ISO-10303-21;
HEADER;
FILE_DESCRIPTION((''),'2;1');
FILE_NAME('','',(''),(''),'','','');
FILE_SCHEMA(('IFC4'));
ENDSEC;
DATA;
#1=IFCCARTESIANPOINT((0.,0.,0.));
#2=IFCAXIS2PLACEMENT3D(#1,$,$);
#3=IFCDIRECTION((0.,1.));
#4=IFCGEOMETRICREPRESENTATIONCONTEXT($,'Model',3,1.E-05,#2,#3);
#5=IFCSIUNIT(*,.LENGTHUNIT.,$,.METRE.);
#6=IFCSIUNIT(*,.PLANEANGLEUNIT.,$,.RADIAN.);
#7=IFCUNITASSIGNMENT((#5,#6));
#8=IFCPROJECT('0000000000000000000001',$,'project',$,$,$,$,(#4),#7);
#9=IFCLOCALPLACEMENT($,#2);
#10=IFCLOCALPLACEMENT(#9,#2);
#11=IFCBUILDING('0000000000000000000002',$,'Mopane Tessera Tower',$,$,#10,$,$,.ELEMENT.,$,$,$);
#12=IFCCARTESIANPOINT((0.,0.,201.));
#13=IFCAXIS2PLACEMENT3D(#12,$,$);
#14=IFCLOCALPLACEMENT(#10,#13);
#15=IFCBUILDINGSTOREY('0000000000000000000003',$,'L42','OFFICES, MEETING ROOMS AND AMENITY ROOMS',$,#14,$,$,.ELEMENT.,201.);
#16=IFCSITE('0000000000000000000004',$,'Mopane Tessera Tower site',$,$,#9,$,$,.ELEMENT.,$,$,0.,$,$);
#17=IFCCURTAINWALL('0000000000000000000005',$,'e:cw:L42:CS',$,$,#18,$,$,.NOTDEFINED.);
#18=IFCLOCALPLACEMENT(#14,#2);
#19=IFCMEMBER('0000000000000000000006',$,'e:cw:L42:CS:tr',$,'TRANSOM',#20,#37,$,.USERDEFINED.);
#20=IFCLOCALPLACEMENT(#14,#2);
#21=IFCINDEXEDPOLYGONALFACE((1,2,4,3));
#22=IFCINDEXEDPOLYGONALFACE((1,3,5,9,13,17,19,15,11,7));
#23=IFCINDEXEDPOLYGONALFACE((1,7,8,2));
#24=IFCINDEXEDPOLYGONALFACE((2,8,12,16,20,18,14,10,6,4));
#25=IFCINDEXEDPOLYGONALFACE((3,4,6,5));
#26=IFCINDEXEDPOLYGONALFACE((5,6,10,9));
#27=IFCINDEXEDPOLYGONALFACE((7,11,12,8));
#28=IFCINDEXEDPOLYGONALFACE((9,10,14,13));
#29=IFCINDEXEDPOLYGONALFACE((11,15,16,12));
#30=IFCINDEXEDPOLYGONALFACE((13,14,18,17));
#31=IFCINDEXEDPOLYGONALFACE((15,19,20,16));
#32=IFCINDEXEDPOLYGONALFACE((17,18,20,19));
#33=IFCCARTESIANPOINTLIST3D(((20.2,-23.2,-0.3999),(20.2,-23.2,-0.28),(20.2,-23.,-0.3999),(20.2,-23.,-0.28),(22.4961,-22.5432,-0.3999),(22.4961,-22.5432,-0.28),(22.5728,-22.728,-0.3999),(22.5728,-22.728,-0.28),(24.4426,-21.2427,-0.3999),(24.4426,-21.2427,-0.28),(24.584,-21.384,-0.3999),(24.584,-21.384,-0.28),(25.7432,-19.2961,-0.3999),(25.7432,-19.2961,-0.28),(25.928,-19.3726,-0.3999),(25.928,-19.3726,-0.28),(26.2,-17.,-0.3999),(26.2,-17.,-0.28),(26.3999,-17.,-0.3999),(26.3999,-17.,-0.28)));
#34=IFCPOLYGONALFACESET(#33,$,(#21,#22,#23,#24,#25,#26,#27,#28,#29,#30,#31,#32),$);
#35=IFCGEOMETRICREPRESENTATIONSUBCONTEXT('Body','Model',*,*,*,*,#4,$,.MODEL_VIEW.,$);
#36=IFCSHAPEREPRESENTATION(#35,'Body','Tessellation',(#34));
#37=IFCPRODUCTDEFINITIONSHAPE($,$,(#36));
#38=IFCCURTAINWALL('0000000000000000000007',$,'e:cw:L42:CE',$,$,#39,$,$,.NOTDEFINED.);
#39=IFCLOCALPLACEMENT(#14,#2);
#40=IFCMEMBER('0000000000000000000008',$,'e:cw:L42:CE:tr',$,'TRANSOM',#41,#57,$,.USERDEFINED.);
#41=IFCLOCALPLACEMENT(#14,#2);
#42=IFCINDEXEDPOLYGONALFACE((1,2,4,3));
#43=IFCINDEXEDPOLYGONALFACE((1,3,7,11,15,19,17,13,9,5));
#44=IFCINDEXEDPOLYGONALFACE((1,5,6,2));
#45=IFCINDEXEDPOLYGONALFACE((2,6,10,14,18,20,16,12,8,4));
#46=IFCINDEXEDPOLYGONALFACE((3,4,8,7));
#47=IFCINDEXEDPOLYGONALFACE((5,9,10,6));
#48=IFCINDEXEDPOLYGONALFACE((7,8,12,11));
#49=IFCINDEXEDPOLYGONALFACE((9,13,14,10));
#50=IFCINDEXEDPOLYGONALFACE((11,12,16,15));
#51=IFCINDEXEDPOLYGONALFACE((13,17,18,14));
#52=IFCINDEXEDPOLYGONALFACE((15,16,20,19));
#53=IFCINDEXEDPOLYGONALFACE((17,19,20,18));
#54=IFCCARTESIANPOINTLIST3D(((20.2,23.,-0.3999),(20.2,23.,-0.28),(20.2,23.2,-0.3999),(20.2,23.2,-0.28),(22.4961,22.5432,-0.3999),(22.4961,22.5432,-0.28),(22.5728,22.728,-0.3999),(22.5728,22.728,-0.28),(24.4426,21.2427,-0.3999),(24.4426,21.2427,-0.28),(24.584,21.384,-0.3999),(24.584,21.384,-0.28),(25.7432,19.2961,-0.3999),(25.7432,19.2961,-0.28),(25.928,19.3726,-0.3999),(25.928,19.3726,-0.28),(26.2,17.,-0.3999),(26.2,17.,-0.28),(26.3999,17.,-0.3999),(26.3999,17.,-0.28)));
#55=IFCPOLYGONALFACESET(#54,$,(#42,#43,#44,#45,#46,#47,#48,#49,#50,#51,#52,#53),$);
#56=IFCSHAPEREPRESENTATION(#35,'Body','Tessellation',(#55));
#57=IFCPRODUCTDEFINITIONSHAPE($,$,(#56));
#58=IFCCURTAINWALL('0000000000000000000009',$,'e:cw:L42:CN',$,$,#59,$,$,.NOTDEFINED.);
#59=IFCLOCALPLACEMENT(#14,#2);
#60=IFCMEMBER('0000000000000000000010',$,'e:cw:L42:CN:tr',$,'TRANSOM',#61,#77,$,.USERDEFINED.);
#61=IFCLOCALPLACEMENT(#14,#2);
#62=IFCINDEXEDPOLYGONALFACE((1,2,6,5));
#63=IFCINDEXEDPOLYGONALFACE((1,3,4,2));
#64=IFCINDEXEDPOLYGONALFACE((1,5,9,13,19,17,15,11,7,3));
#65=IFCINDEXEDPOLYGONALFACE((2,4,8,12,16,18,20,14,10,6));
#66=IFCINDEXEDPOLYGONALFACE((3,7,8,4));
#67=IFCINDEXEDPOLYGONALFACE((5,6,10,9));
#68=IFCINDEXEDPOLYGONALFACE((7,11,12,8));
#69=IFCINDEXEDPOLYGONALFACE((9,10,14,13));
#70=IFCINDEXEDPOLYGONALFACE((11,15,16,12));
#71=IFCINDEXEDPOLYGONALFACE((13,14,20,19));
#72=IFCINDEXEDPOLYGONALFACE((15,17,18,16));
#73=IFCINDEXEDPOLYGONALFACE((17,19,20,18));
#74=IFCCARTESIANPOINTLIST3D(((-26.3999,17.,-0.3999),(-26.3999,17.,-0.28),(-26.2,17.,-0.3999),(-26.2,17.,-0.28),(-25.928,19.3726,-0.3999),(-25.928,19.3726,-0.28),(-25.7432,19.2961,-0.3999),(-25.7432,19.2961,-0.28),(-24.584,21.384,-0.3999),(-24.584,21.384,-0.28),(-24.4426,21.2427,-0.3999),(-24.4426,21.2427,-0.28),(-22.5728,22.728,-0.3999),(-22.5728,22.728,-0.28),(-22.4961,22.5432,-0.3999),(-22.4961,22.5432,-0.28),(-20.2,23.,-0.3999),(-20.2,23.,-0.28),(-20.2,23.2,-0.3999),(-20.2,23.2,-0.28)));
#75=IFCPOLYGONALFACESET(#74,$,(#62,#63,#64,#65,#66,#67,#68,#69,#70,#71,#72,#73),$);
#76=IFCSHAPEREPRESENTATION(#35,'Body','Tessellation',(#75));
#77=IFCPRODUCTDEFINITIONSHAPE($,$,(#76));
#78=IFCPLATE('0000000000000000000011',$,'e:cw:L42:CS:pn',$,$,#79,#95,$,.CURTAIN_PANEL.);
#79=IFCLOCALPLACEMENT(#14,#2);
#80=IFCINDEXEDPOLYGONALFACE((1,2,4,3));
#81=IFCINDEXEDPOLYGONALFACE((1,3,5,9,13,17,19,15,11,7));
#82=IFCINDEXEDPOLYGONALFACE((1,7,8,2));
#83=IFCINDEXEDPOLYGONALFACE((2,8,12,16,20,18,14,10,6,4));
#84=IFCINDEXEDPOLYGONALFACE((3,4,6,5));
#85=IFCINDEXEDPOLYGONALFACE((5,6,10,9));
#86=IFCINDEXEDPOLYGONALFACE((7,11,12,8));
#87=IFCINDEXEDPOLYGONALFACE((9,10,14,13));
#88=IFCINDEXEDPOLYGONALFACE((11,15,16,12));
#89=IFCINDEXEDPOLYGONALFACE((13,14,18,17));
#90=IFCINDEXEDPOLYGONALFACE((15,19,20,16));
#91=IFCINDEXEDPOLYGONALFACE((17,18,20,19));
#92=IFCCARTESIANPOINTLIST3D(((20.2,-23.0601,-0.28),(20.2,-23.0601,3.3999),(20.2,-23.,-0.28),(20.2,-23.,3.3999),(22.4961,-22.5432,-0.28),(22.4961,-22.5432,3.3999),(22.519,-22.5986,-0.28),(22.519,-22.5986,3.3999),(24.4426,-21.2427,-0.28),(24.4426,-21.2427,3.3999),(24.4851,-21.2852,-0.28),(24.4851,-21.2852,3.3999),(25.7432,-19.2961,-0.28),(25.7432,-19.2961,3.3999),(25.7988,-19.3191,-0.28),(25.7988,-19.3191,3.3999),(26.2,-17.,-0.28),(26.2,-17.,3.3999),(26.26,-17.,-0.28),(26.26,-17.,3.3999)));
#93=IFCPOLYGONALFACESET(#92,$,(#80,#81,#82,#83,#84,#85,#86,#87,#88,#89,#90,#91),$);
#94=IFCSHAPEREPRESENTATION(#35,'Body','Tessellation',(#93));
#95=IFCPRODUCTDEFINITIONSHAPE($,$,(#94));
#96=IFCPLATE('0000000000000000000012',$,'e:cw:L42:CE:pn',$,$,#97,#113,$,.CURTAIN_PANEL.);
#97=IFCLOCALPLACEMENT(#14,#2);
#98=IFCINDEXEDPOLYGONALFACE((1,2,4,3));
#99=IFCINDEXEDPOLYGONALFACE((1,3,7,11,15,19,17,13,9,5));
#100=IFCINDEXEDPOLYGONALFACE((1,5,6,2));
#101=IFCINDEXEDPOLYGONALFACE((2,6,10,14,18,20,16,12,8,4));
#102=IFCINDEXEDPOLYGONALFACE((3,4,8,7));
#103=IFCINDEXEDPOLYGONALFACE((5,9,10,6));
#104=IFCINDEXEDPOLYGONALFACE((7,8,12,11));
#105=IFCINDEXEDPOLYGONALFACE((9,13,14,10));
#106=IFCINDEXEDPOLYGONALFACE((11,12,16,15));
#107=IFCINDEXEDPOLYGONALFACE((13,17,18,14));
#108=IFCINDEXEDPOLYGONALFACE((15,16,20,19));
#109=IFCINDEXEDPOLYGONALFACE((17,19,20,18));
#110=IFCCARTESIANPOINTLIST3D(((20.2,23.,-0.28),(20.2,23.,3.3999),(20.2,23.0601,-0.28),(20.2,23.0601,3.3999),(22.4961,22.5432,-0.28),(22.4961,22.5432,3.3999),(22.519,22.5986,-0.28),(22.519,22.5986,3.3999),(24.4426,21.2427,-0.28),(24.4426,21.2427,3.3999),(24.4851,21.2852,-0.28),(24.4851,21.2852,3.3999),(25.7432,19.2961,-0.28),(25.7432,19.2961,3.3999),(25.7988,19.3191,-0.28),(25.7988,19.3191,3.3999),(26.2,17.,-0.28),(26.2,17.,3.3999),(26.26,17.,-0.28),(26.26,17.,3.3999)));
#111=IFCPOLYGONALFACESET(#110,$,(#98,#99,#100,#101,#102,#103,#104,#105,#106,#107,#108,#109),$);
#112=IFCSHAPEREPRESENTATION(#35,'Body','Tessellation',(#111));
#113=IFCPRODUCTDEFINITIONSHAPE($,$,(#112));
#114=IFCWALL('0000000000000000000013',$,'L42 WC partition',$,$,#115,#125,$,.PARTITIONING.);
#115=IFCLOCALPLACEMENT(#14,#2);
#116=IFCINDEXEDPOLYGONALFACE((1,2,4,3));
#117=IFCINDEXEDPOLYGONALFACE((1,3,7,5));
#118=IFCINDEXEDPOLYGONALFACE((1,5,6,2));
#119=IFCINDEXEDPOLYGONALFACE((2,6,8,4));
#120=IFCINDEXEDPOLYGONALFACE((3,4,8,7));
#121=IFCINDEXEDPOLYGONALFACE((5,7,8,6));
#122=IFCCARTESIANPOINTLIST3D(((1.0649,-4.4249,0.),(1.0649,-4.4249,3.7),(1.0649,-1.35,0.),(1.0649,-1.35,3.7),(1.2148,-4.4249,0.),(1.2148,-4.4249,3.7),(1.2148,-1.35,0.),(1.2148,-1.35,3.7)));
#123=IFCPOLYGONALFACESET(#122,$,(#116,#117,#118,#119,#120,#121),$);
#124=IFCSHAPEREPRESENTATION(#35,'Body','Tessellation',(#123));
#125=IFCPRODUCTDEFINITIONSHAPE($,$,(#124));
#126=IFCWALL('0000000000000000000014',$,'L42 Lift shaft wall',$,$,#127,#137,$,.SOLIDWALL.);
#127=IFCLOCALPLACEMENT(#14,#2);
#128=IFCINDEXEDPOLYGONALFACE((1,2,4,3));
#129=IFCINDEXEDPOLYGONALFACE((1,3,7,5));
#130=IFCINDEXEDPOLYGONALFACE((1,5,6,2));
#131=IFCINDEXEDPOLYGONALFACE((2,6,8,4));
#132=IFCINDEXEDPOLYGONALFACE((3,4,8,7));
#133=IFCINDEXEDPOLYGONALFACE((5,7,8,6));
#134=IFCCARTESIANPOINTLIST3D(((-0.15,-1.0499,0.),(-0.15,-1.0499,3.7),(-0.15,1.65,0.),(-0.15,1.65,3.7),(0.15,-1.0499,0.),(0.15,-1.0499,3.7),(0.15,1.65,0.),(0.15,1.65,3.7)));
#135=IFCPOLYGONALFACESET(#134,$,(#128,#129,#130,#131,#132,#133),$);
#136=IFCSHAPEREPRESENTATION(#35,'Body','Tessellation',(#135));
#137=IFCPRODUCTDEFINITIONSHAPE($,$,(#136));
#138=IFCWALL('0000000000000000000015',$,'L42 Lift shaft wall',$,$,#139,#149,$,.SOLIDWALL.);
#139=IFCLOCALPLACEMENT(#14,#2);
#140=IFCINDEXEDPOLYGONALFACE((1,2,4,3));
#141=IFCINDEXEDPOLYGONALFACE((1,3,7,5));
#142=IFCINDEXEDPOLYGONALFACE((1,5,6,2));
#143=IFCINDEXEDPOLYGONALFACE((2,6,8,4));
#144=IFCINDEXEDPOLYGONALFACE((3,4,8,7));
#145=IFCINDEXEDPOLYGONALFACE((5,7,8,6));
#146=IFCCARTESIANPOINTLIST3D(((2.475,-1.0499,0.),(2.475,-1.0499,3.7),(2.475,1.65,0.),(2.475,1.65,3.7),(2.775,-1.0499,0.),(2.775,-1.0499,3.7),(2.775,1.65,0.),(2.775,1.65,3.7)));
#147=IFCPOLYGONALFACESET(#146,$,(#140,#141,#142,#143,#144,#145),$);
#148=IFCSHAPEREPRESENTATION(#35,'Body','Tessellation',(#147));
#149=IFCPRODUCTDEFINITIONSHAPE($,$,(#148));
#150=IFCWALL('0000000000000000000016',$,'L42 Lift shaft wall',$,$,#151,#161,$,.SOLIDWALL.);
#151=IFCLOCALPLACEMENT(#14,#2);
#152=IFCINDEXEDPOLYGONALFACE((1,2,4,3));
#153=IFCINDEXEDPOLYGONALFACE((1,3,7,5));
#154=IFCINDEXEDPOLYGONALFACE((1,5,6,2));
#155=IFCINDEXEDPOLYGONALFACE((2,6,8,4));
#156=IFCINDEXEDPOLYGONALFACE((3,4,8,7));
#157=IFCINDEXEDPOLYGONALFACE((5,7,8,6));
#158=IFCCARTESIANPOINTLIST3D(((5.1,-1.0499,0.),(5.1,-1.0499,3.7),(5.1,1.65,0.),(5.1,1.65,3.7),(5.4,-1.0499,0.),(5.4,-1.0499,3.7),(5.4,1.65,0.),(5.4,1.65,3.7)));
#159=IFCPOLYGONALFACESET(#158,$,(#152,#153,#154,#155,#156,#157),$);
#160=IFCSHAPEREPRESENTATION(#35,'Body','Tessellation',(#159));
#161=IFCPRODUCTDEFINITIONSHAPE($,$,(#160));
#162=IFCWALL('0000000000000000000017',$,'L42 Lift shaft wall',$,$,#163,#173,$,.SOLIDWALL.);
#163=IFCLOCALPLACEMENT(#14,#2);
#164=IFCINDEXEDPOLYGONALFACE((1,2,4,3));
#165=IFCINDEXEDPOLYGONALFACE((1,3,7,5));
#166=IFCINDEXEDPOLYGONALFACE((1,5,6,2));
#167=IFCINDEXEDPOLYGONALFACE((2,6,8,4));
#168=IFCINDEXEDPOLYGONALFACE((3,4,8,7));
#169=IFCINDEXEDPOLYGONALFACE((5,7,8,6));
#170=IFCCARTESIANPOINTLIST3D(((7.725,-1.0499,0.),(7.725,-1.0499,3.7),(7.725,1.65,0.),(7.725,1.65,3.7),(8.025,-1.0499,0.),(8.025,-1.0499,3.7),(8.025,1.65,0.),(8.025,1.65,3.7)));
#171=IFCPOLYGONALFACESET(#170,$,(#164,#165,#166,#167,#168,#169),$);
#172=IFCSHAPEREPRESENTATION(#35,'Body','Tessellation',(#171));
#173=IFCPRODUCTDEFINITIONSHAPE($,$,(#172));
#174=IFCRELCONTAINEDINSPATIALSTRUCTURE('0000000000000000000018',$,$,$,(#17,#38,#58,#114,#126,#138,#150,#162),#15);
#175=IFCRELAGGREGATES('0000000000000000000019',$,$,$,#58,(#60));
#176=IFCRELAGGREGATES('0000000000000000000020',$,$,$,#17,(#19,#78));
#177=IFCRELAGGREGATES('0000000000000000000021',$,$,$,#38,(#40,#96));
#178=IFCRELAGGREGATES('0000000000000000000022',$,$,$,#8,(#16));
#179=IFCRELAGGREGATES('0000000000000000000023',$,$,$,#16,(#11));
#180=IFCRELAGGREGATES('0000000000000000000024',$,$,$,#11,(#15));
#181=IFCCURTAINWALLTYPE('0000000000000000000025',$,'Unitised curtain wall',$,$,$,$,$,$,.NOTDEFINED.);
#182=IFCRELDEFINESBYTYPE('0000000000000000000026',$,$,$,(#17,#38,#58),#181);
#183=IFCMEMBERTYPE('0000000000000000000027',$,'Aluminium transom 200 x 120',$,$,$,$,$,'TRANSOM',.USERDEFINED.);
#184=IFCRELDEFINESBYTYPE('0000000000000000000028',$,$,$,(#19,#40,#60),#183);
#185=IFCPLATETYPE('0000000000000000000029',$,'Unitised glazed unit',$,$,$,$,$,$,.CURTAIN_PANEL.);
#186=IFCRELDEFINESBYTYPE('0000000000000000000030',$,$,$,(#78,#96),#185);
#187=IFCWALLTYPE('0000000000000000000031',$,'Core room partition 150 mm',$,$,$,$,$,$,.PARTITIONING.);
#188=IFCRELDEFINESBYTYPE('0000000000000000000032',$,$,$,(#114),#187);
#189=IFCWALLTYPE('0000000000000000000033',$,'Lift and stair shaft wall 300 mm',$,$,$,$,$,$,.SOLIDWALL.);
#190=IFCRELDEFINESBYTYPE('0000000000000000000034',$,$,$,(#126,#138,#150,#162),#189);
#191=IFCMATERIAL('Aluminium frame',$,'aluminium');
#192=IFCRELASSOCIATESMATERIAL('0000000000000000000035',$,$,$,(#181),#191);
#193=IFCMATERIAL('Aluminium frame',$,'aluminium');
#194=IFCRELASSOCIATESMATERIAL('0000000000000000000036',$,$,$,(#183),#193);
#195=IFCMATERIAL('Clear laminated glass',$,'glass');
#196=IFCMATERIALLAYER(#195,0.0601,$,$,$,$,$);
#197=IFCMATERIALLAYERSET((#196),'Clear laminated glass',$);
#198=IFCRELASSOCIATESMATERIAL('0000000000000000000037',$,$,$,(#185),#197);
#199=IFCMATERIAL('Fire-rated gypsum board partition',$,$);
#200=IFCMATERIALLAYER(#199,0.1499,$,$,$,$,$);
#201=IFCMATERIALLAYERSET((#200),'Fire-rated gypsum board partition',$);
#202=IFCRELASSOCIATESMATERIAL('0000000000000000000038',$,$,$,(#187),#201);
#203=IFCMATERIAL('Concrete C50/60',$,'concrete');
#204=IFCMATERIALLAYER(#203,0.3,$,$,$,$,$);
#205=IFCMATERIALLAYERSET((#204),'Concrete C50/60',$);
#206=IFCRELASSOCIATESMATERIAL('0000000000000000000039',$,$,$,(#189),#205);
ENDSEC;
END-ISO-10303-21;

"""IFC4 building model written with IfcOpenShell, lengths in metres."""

from ifc_helpers import new_model, si_unit, direction, frame, frame_2d, origin, origin_2d, place, context, subcontext, project, spatial, polyline, rectangle, outline, extrude, material, layer, layer_set, material_profile, profile_set, type_object, element, aggregate, save


model = new_model("IFC4")

# Units and contexts
model_context = context("Model", 3, precision=1e-05, world=origin(), true_north=direction((0.0, 1.0)))
body_context = subcontext(model_context, "Body", "Model", "MODEL_VIEW")
ifc_project = project(units=[si_unit("LENGTHUNIT", "METRE"), si_unit("PLANEANGLEUNIT", "RADIAN")], contexts=[model_context])

# Site, building, storey
site_placement = place(None, origin())
site = spatial("IfcSite", under=ifc_project, at=site_placement, Name="Mopane Tessera Tower site", CompositionType="ELEMENT", RefElevation=0.0)
building_placement = place(site_placement, origin())
building = spatial("IfcBuilding", under=site, at=building_placement, Name="Mopane Tessera Tower", CompositionType="ELEMENT")
storey_placement = place(building_placement, frame((0.0, 0.0, 201.0)))
storey = spatial("IfcBuildingStorey", under=building, at=storey_placement, Name="L42", Description="OFFICES, MEETING ROOMS AND AMENITY ROOMS", CompositionType="ELEMENT", Elevation=201.0)

# Curtain walls, members
ifc_material_1 = material(Name="Aluminium frame", Category="aluminium")
curtain_wall_type = type_object("IfcCurtainWallType", Name="Unitised curtain wall", PredefinedType="NOTDEFINED", material=ifc_material_1)
curtain_wall_1_placement = place(storey_placement, origin())
curtain_wall_1 = element("IfcCurtainWall", 1, at=curtain_wall_1_placement, inside=storey, type_object=curtain_wall_type, Name="e:cw:L42:CS", PredefinedType="NOTDEFINED")
ifc_material_2 = material(Name="Aluminium frame", Category="aluminium")
ifc_material_profile = material_profile(ifc_material_2, rectangle(XDim=0.2, YDim=0.1201, at=origin_2d()))
ifc_profile_set = profile_set([ifc_material_profile], Name="Aluminium frame")
member_type = type_object("IfcMemberType", Name="Aluminium transom 200 x 120", ElementType="TRANSOM", PredefinedType="USERDEFINED", material=ifc_profile_set)
member_1_placement = place(storey_placement, frame((0.0, 0.0, -0.3999)))
member_1 = element("IfcMember", 2, at=member_1_placement, type_object=member_type, Name="e:cw:L42:CS:tr", ObjectType="TRANSOM", PredefinedType="USERDEFINED", context=body_context, shape_type="SweptSolid", body=[
    extrude(outline(polyline([(20.2, -23.0), (22.4961, -22.5432), (24.4426, -21.2427), (25.7432, -19.2961), (26.2, -17.0), (26.3999, -17.0), (25.928, -19.3726), (24.584, -21.384), (22.5728, -22.728), (20.2, -23.2), (20.2, -23.0)])), origin(), (0.0, 0.0, 1.0), 0.1199),
])
curtain_wall_2_placement = place(storey_placement, origin())
curtain_wall_2 = element("IfcCurtainWall", 3, at=curtain_wall_2_placement, inside=storey, type_object=curtain_wall_type, Name="e:cw:L42:CE", PredefinedType="NOTDEFINED")
member_2_placement = place(storey_placement, frame((0.0, 0.0, -0.3999)))
member_2 = element("IfcMember", 4, at=member_2_placement, type_object=member_type, Name="e:cw:L42:CE:tr", ObjectType="TRANSOM", PredefinedType="USERDEFINED", context=body_context, shape_type="SweptSolid", body=[
    extrude(outline(polyline([(26.2, 17.0), (25.7432, 19.2961), (24.4426, 21.2427), (22.4961, 22.5432), (20.2, 23.0), (20.2, 23.2), (22.5728, 22.728), (24.584, 21.384), (25.928, 19.3726), (26.3999, 17.0), (26.2, 17.0)])), origin(), (0.0, 0.0, 1.0), 0.1199),
])
curtain_wall_3_placement = place(storey_placement, origin())
curtain_wall_3 = element("IfcCurtainWall", 5, at=curtain_wall_3_placement, inside=storey, type_object=curtain_wall_type, Name="e:cw:L42:CN", PredefinedType="NOTDEFINED")
member_3_placement = place(storey_placement, frame((0.0, 0.0, -0.3999)))
member_3 = element("IfcMember", 6, at=member_3_placement, type_object=member_type, Name="e:cw:L42:CN:tr", ObjectType="TRANSOM", PredefinedType="USERDEFINED", context=body_context, shape_type="SweptSolid", body=[
    extrude(outline(polyline([(-20.2, 23.0), (-22.4961, 22.5432), (-24.4426, 21.2427), (-25.7432, 19.2961), (-26.2, 17.0), (-26.3999, 17.0), (-25.928, 19.3726), (-24.584, 21.384), (-22.5728, 22.728), (-20.2, 23.2), (-20.2, 23.0)])), origin(), (0.0, 0.0, 1.0), 0.1199),
])
aggregate(curtain_wall_3, [member_3])

# Plates
ifc_material_3 = material(Name="Clear laminated glass", Category="glass")
ifc_layer_1 = layer(ifc_material_3, 0.0601)
ifc_layer_set_1 = layer_set([ifc_layer_1], Name="Clear laminated glass")
plate_type = type_object("IfcPlateType", Name="Unitised glazed unit", PredefinedType="CURTAIN_PANEL", material=ifc_layer_set_1)
plate_1_placement = place(storey_placement, frame((0.0, 0.0, -0.28)))
plate_1 = element("IfcPlate", 7, at=plate_1_placement, type_object=plate_type, Name="e:cw:L42:CS:pn", PredefinedType="CURTAIN_PANEL", context=body_context, shape_type="SweptSolid", body=[
    extrude(outline(polyline([(20.2, -23.0), (22.4961, -22.5432), (24.4426, -21.2427), (25.7432, -19.2961), (26.2, -17.0), (26.26, -17.0), (25.7988, -19.3191), (24.4851, -21.2852), (22.519, -22.5986), (20.2, -23.0601), (20.2, -23.0)])), origin(), (0.0, 0.0, 1.0), 3.6799),
])
aggregate(curtain_wall_1, [member_1, plate_1])
plate_2_placement = place(storey_placement, frame((0.0, 0.0, -0.28)))
plate_2 = element("IfcPlate", 8, at=plate_2_placement, type_object=plate_type, Name="e:cw:L42:CE:pn", PredefinedType="CURTAIN_PANEL", context=body_context, shape_type="SweptSolid", body=[
    extrude(outline(polyline([(26.2, 17.0), (25.7432, 19.2961), (24.4426, 21.2427), (22.4961, 22.5432), (20.2, 23.0), (20.2, 23.0601), (22.519, 22.5986), (24.4851, 21.2852), (25.7988, 19.3191), (26.26, 17.0), (26.2, 17.0)])), origin(), (0.0, 0.0, 1.0), 3.6799),
])
aggregate(curtain_wall_2, [member_2, plate_2])

# Walls
ifc_material_4 = material(Name="Fire-rated gypsum board partition")
ifc_layer_2 = layer(ifc_material_4, 0.1499)
ifc_layer_set_2 = layer_set([ifc_layer_2], Name="Fire-rated gypsum board partition")
wall_type_1 = type_object("IfcWallType", Name="Core room partition 150 mm", PredefinedType="PARTITIONING", material=ifc_layer_set_2)
wall_1_placement = place(storey_placement, frame((1.1399, -4.425, 0.0), z_axis=(0.0, 0.0, 1.0), x_axis=(0.0, 1.0, 0.0)))
element("IfcWall", 9, at=wall_1_placement, inside=storey, type_object=wall_type_1, Name="L42 WC partition", PredefinedType="PARTITIONING", context=body_context, shape_type="SweptSolid", body=[
    extrude(rectangle(XDim=3.075, YDim=0.1499, at=frame_2d((1.5376, 0.0))), origin(), (0.0, 0.0, 1.0), 3.7),
])
ifc_material_5 = material(Name="Concrete C50/60", Category="concrete")
ifc_layer_3 = layer(ifc_material_5, 0.3)
ifc_layer_set_3 = layer_set([ifc_layer_3], Name="Concrete C50/60")
wall_type_2 = type_object("IfcWallType", Name="Lift and stair shaft wall 300 mm", PredefinedType="SOLIDWALL", material=ifc_layer_set_3)
for number, where, z_axis, x_axis, name in (
    (10, (0.0, -1.05, 0.0), (0.0, 0.0, 1.0), (0.0, 1.0, 0.0), "L42 Lift shaft wall"),
    (11, (2.625, -1.05, 0.0), (0.0, 0.0, 1.0), (0.0, 1.0, 0.0), "L42 Lift shaft wall"),
    (12, (5.25, -1.05, 0.0), (0.0, 0.0, 1.0), (0.0, 1.0, 0.0), "L42 Lift shaft wall"),
    (13, (7.875, -1.05, 0.0), (0.0, 0.0, 1.0), (0.0, 1.0, 0.0), "L42 Lift shaft wall"),
):
    element("IfcWall", number, at=place(storey_placement, frame(where, z_axis=z_axis, x_axis=x_axis)), inside=storey, type_object=wall_type_2, Name=name, PredefinedType="SOLIDWALL", context=body_context, shape_type="SweptSolid", body=[
        extrude(rectangle(XDim=2.7, YDim=0.3, at=frame_2d((1.3501, 0.0))), origin(), (0.0, 0.0, 1.0), 3.7),
    ])

save(model, "model.ifc")
